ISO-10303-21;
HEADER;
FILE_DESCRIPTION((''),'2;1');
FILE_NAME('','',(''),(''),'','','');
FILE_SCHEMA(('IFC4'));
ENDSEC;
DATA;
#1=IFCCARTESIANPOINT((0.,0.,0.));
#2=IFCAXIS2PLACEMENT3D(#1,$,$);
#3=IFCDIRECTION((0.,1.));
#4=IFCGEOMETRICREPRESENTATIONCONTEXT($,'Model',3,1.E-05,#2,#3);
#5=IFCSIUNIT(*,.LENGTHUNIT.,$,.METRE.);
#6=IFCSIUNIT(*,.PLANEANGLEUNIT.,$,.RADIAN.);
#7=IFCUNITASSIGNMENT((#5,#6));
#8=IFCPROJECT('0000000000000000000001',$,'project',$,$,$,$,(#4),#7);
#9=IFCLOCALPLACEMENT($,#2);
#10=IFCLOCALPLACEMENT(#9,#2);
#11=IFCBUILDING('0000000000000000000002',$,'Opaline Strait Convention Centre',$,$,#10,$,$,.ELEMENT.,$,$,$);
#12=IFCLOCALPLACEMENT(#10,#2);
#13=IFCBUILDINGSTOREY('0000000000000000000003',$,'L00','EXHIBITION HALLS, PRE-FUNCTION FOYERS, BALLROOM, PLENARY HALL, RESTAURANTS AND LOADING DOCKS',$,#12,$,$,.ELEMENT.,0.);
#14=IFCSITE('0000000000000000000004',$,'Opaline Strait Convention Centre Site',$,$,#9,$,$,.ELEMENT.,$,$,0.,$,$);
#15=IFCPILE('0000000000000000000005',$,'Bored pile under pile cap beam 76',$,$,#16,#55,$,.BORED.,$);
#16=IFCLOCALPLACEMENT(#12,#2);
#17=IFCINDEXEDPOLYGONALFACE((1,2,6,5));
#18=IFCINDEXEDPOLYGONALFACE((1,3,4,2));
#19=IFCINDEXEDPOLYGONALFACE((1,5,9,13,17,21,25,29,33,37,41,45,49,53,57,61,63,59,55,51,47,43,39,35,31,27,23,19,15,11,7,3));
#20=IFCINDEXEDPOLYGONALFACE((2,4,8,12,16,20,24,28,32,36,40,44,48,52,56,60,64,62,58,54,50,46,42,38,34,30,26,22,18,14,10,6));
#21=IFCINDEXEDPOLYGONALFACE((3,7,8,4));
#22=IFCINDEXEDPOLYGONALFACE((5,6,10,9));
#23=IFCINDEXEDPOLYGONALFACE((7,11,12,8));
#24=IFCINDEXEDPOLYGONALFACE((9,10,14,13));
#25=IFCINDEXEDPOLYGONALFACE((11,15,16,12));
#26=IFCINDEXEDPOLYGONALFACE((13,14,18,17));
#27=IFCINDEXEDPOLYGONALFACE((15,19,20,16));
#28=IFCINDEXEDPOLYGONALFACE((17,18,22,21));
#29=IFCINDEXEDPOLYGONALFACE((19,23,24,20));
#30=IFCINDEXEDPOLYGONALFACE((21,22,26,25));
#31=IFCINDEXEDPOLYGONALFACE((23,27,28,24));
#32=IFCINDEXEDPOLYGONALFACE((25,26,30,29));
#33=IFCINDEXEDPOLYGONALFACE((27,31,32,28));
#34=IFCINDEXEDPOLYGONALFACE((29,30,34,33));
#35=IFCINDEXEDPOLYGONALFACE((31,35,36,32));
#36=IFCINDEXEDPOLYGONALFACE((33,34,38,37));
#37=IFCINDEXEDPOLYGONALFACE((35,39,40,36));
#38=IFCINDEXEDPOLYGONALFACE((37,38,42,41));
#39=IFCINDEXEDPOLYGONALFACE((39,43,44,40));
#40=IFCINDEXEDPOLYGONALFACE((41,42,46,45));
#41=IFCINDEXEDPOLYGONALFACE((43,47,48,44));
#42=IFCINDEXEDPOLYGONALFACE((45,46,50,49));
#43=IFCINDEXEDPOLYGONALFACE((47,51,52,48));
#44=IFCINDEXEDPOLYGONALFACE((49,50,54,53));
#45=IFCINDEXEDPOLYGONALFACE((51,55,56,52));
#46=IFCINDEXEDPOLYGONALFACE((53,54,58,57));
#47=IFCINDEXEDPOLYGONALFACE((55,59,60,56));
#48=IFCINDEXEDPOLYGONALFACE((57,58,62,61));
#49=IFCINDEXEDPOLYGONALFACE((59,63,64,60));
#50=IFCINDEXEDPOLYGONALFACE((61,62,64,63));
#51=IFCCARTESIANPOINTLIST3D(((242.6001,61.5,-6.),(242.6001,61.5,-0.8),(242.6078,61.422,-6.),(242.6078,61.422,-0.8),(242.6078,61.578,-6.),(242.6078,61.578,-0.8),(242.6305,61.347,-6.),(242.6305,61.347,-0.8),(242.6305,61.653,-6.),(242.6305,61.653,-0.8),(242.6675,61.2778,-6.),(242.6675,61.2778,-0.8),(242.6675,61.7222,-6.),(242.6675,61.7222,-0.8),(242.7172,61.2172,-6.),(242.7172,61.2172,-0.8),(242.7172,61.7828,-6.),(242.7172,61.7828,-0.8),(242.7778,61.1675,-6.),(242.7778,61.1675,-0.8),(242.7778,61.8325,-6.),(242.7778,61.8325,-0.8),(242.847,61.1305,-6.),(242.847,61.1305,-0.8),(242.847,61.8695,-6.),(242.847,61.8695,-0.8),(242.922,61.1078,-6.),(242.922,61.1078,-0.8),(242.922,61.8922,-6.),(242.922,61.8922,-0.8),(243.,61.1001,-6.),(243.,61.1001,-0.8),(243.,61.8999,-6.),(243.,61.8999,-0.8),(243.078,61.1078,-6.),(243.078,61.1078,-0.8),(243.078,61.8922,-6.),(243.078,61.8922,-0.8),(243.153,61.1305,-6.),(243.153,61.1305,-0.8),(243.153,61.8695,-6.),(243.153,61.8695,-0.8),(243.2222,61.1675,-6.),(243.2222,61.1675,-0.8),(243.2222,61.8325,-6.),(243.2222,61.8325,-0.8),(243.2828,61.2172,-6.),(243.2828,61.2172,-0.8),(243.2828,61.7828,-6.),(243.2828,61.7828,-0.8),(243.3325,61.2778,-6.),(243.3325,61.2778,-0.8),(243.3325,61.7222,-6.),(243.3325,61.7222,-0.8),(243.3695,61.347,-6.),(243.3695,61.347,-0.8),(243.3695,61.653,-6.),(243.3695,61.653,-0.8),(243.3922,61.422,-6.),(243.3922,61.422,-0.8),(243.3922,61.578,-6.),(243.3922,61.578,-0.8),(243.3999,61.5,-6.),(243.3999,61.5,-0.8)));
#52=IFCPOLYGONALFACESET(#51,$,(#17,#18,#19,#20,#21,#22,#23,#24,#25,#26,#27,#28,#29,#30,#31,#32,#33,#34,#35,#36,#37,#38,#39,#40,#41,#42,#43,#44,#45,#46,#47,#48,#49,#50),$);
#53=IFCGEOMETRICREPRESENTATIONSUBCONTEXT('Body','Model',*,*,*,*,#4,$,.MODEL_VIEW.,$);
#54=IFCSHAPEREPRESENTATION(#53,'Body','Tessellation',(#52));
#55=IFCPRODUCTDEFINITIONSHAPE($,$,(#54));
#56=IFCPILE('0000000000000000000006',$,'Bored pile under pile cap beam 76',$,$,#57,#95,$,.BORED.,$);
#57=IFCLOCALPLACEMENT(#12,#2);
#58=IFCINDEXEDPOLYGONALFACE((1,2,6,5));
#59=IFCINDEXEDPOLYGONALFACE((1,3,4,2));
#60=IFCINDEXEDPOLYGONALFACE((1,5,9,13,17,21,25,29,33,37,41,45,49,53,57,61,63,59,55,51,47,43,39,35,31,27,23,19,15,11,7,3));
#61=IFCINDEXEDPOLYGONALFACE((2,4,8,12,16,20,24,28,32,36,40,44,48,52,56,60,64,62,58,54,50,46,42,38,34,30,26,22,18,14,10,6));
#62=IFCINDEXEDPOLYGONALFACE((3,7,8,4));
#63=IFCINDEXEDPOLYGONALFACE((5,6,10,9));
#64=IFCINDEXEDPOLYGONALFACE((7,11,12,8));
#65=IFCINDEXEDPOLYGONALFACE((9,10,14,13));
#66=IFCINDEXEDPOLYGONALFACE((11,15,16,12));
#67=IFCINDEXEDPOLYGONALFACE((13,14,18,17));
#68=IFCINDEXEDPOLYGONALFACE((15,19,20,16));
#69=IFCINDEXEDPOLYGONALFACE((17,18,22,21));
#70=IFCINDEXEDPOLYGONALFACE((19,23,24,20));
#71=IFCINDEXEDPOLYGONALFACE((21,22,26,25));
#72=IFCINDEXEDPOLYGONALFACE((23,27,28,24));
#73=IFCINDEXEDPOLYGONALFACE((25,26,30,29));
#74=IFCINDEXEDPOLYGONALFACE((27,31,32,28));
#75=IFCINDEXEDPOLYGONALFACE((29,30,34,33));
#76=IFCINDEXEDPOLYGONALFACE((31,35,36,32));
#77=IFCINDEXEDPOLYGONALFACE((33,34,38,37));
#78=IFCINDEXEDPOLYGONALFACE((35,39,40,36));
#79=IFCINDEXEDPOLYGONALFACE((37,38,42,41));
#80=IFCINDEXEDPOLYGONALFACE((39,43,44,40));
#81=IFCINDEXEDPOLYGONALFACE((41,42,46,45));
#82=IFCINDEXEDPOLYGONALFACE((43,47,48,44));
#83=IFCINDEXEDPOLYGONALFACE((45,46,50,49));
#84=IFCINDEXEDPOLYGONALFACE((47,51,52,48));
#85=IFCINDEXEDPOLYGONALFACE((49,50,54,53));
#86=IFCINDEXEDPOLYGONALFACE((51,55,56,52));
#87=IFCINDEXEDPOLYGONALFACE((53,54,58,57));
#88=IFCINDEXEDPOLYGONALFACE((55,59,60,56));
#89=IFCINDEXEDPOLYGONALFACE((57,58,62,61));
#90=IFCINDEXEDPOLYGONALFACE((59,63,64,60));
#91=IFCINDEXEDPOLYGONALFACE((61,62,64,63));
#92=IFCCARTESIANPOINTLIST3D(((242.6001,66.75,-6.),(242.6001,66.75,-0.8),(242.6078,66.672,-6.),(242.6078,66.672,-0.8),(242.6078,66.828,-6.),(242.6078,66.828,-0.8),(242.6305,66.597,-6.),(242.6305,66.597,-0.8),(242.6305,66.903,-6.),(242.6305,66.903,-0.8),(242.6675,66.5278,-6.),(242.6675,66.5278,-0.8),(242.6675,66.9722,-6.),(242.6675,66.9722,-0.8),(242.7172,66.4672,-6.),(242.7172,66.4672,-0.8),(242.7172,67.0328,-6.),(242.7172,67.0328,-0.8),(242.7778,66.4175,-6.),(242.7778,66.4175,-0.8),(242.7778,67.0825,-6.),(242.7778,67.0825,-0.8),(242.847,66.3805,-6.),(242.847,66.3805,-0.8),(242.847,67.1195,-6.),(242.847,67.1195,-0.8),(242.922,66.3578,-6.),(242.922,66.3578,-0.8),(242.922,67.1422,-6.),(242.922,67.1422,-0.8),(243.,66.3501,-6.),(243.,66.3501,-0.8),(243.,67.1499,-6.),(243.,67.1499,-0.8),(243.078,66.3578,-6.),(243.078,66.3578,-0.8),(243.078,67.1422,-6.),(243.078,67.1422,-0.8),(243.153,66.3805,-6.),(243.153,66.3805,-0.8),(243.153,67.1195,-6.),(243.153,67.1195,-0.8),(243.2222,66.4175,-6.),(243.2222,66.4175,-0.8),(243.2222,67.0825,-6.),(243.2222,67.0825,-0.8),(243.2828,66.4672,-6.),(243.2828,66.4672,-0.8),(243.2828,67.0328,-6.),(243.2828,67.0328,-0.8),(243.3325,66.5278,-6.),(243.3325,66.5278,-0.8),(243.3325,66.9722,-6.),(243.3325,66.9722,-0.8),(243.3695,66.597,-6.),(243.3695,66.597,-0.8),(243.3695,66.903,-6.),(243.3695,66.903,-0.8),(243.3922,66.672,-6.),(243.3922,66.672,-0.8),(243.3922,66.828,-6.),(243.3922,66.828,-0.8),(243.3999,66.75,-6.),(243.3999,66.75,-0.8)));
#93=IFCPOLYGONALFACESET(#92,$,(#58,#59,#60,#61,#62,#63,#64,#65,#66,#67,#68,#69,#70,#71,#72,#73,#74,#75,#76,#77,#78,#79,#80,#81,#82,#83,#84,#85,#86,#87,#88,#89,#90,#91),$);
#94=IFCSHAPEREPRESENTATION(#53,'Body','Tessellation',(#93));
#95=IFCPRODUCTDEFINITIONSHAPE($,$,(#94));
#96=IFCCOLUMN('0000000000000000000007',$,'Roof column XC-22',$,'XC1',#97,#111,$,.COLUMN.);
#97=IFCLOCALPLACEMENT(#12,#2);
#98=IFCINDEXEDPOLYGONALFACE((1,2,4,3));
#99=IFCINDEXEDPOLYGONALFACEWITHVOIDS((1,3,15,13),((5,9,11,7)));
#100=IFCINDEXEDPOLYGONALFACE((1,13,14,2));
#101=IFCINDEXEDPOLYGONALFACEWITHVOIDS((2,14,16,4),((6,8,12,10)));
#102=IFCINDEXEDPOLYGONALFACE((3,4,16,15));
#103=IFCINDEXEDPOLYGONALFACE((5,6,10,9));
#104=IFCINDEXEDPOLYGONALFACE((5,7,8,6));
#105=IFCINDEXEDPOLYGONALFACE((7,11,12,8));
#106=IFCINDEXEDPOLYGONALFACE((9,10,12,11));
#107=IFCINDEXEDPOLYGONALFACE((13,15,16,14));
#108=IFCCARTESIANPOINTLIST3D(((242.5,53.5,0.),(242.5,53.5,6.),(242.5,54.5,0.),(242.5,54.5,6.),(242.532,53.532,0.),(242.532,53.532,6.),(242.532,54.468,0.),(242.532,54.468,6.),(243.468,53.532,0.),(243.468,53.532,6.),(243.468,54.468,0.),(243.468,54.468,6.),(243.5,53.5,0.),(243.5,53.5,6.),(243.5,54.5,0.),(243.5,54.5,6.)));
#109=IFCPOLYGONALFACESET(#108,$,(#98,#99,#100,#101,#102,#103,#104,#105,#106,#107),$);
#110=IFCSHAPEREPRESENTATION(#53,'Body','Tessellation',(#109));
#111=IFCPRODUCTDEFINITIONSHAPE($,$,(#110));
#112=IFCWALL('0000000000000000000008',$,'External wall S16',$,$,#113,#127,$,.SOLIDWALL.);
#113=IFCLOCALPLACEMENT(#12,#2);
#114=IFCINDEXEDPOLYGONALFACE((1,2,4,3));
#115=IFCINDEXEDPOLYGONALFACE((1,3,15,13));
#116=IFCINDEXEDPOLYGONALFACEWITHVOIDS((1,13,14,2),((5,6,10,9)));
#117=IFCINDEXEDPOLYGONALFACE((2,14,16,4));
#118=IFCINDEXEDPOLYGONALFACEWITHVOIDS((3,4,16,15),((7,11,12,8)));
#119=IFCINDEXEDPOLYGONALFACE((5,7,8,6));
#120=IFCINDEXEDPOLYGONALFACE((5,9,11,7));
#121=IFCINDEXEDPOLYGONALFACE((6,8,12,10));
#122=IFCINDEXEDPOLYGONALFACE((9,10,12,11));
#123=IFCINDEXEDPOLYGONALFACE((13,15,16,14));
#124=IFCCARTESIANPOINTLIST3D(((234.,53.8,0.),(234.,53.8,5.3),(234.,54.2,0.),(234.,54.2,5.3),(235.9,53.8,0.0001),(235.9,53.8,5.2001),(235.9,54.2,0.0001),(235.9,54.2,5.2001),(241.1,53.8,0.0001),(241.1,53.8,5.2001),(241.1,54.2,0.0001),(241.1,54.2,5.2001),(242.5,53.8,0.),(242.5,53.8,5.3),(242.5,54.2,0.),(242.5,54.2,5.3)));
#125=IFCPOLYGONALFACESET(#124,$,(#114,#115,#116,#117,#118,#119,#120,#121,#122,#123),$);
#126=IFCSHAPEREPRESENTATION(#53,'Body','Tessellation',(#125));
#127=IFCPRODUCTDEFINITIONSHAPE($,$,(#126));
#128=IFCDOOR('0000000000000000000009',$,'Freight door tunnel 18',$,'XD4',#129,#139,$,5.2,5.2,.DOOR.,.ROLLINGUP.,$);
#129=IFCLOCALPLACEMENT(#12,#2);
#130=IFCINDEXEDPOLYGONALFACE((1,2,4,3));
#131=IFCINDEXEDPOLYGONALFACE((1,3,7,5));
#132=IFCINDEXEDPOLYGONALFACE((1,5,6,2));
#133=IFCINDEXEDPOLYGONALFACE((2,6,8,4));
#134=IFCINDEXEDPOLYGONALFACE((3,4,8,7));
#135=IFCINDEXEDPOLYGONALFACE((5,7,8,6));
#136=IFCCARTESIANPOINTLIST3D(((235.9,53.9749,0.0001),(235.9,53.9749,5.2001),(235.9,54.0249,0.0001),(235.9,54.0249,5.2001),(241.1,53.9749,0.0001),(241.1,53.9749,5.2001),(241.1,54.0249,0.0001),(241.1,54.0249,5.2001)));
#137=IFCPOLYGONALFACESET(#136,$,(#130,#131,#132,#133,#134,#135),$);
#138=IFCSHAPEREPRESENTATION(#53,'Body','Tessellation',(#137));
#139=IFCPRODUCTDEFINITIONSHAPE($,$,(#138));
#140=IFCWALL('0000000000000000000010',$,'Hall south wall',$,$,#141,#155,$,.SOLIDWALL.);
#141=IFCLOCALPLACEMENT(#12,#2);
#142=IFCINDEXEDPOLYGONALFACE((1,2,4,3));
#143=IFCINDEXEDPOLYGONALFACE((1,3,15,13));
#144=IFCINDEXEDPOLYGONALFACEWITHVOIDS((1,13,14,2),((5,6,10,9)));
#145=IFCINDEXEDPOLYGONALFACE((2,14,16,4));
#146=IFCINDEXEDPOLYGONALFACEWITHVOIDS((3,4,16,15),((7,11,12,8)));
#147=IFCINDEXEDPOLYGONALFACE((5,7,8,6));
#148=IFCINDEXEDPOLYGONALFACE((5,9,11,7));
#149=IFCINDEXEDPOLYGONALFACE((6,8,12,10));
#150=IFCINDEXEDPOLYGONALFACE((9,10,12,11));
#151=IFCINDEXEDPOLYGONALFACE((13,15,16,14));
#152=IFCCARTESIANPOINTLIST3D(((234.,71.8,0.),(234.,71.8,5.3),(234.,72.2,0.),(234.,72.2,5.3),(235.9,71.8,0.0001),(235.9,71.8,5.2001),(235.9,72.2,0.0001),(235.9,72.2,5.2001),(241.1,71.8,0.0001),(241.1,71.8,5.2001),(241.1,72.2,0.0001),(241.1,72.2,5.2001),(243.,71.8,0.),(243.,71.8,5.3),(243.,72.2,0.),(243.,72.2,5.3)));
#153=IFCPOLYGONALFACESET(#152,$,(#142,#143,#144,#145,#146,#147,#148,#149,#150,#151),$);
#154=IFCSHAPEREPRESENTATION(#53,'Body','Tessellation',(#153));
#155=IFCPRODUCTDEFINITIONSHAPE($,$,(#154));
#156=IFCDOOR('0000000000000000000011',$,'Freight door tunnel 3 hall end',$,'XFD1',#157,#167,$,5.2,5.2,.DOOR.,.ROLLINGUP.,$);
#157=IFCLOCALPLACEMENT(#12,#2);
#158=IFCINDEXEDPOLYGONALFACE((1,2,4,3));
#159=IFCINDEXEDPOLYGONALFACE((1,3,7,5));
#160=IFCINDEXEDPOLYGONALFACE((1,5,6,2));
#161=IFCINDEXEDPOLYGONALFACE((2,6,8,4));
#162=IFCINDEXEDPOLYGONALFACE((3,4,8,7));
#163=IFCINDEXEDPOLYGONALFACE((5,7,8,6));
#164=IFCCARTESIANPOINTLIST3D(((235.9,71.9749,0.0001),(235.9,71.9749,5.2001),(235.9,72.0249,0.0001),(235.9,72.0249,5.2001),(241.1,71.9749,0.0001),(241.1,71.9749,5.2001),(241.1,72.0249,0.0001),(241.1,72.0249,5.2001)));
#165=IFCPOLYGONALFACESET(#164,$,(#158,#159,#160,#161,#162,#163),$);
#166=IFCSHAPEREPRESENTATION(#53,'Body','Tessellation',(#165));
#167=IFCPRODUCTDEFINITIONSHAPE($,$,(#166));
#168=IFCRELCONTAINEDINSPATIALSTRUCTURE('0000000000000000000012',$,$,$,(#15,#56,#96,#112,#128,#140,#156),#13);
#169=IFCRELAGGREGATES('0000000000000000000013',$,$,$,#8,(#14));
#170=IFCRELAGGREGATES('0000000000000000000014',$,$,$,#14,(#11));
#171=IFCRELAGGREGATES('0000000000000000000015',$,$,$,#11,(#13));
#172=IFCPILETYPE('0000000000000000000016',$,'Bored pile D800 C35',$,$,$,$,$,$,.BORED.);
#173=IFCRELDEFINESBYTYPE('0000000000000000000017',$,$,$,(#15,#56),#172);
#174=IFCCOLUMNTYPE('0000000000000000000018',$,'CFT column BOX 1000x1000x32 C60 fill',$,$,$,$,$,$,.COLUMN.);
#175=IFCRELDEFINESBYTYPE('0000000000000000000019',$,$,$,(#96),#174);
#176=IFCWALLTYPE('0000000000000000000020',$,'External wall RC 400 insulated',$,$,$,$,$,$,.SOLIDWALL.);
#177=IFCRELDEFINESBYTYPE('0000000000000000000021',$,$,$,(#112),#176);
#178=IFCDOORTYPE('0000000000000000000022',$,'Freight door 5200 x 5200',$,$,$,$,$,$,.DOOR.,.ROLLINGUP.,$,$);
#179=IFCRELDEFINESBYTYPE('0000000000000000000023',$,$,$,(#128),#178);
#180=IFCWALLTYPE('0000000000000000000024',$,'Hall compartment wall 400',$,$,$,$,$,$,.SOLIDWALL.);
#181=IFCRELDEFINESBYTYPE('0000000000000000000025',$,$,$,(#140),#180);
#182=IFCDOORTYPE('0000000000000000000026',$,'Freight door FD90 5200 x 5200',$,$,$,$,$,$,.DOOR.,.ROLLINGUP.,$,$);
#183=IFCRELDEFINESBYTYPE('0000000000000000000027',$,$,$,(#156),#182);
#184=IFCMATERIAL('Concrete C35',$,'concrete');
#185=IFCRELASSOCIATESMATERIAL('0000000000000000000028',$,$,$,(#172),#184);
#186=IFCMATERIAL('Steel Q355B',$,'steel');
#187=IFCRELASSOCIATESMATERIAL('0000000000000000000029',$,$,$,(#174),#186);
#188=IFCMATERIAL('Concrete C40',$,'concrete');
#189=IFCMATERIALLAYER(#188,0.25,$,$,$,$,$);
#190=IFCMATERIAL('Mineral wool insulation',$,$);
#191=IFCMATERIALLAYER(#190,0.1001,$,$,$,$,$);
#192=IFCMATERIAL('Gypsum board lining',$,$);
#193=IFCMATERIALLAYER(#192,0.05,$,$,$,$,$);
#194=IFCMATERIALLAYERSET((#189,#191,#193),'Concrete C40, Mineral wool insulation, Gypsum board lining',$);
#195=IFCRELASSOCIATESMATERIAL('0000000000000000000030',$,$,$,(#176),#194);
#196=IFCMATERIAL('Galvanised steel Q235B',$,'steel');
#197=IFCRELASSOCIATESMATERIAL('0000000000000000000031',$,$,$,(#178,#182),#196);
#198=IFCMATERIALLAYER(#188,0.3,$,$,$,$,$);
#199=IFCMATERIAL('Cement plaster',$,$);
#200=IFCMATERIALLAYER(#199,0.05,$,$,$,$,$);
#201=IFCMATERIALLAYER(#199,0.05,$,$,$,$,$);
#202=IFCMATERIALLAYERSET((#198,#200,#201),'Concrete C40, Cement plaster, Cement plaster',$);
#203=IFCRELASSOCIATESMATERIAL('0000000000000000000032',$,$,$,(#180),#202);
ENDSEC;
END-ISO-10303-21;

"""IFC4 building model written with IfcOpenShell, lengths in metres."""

from ifc_helpers import new_model, si_unit, direction, frame, frame_2d, origin, origin_2d, place, context, subcontext, project, spatial, rectangle, hollow_rectangle, circle, extrude, material, layer, layer_set, material_profile, profile_set, type_object, element, fill, save


model = new_model("IFC4")

# Units and contexts
model_context = context("Model", 3, precision=1e-05, world=origin(), true_north=direction((0.0, 1.0)))
body_context = subcontext(model_context, "Body", "Model", "MODEL_VIEW")
ifc_project = project(units=[si_unit("LENGTHUNIT", "METRE"), si_unit("PLANEANGLEUNIT", "RADIAN")], contexts=[model_context])

# Site, building, storey
site_placement = place(None, origin())
site = spatial("IfcSite", under=ifc_project, at=site_placement, Name="Opaline Strait Convention Centre Site", CompositionType="ELEMENT", RefElevation=0.0)
building_placement = place(site_placement, origin())
building = spatial("IfcBuilding", under=site, at=building_placement, Name="Opaline Strait Convention Centre", CompositionType="ELEMENT")
storey_placement = place(building_placement, origin())
storey = spatial("IfcBuildingStorey", under=building, at=storey_placement, Name="L00", Description="EXHIBITION HALLS, PRE-FUNCTION FOYERS, BALLROOM, PLENARY HALL, RESTAURANTS AND LOADING DOCKS", CompositionType="ELEMENT", Elevation=0.0)

# Piles
ifc_material_1 = material(Name="Concrete C35", Category="concrete")
ifc_material_profile_1 = material_profile(ifc_material_1, circle(Radius=0.3999, at=origin_2d()), Name="D800")
ifc_profile_set_1 = profile_set([ifc_material_profile_1], Name="Concrete C35")
pile_type_1 = type_object("IfcPileType", Name="Bored pile D800 C35", PredefinedType="BORED", material=ifc_profile_set_1)
for number, where, z_axis, x_axis, name in (
    (1, (243.0, 61.5, -0.8), (0.0, 0.0, -1.0), (1.0, 0.0, 0.0), "Bored pile under pile cap beam 76"),
    (2, (243.0, 66.75, -0.8), (0.0, 0.0, -1.0), (1.0, 0.0, 0.0), "Bored pile under pile cap beam 76"),
):
    element("IfcPile", number, at=place(storey_placement, frame(where, z_axis=z_axis, x_axis=x_axis)), inside=storey, type_object=pile_type_1, Name=name, PredefinedType="BORED", context=body_context, shape_type="SweptSolid", body=[
        extrude(circle(Radius=0.3999, at=origin_2d()), origin(), (0.0, 0.0, 1.0), 5.2),
    ])

# Column
ifc_material_2 = material(Name="Steel Q355B", Category="steel")
ifc_material_profile_2 = material_profile(ifc_material_2, hollow_rectangle(XDim=1.0, YDim=1.0, WallThickness=0.032, at=origin_2d()), Name="BOX 1000x1000x32")
ifc_profile_set_2 = profile_set([ifc_material_profile_2], Name="Steel Q355B")
column_type = type_object("IfcColumnType", Name="CFT column BOX 1000x1000x32 C60 fill", PredefinedType="COLUMN", material=ifc_profile_set_2)
column_placement = place(storey_placement, frame((243.0, 54.0, 0.0), z_axis=(0.0, 0.0, 1.0), x_axis=(1.0, 0.0, 0.0)))
element("IfcColumn", 3, at=column_placement, inside=storey, type_object=column_type, Name="Roof column XC-22", ObjectType="XC1", PredefinedType="COLUMN", context=body_context, shape_type="SweptSolid", body=[
    extrude(hollow_rectangle(XDim=1.0, YDim=1.0, WallThickness=0.032, at=origin_2d()), origin(), (0.0, 0.0, 1.0), 6.0),
])

# Walls, openings, doors
ifc_material_3 = material(Name="Concrete C40", Category="concrete")
ifc_layer_1 = layer(ifc_material_3, 0.25)
ifc_material_4 = material(Name="Mineral wool insulation")
ifc_layer_2 = layer(ifc_material_4, 0.1001)
ifc_material_5 = material(Name="Gypsum board lining")
ifc_layer_3 = layer(ifc_material_5, 0.05)
ifc_layer_set_1 = layer_set([ifc_layer_1, ifc_layer_2, ifc_layer_3], Name="Concrete C40, Mineral wool insulation, Gypsum board lining")
wall_type_1 = type_object("IfcWallType", Name="External wall RC 400 insulated", PredefinedType="SOLIDWALL", material=ifc_layer_set_1)
wall_1_placement = place(storey_placement, frame((234.0, 54.0, 0.0), z_axis=(0.0, 0.0, 1.0), x_axis=(1.0, 0.0, 0.0)))
wall_1 = element("IfcWall", 4, at=wall_1_placement, inside=storey, type_object=wall_type_1, Name="External wall S16", PredefinedType="SOLIDWALL", context=body_context, shape_type="SweptSolid", body=[
    extrude(rectangle(XDim=8.5, YDim=0.3999, at=frame_2d((4.25, 0.0))), origin(), (0.0, 0.0, 1.0), 5.3),
])
opening_1_placement = place(wall_1_placement, frame((1.8999, 0.0, 0.0)))
opening_1 = element("IfcOpeningElement", 5, at=opening_1_placement, cuts=wall_1, PredefinedType="OPENING", context=body_context, shape_type="SweptSolid", body=[
    extrude(rectangle(XDim=5.2, YDim=5.2, at=frame_2d((2.6001, 2.6001))), frame((0.0, 0.21, 0.0), z_axis=(0.0, -1.0, 0.0), x_axis=(1.0, 0.0, 0.0)), (0.0, 0.0, 1.0), 0.4199),
])
ifc_material_6 = material(Name="Galvanised steel Q235B", Category="steel")
door_type_1 = type_object("IfcDoorType", Name="Freight door 5200 x 5200", OperationType="ROLLINGUP", PredefinedType="DOOR", material=ifc_material_6)
door_1_placement = place(opening_1_placement, origin())
door_1 = element("IfcDoor", 6, at=door_1_placement, inside=storey, type_object=door_type_1, Name="Freight door tunnel 18", ObjectType="XD4", OperationType="ROLLINGUP", OverallHeight=5.2, OverallWidth=5.2, PredefinedType="DOOR", context=body_context, shape_type="SweptSolid", body=[
    extrude(rectangle(XDim=5.2, YDim=5.2, at=frame_2d((2.6001, 2.6001))), frame((0.0, 0.0249, 0.0), z_axis=(0.0, -1.0, 0.0), x_axis=(1.0, 0.0, 0.0)), (0.0, 0.0, 1.0), 0.05),
])
fill(opening_1, door_1)
ifc_layer_4 = layer(ifc_material_3, 0.3)
ifc_material_7 = material(Name="Cement plaster")
ifc_layer_5 = layer(ifc_material_7, 0.05)
ifc_layer_6 = layer(ifc_material_7, 0.05)
ifc_layer_set_2 = layer_set([ifc_layer_4, ifc_layer_5, ifc_layer_6], Name="Concrete C40, Cement plaster, Cement plaster")
wall_type_2 = type_object("IfcWallType", Name="Hall compartment wall 400", PredefinedType="SOLIDWALL", material=ifc_layer_set_2)
wall_2_placement = place(storey_placement, frame((234.0, 72.0, 0.0), z_axis=(0.0, 0.0, 1.0), x_axis=(1.0, 0.0, 0.0)))
wall_2 = element("IfcWall", 7, at=wall_2_placement, inside=storey, type_object=wall_type_2, Name="Hall south wall", PredefinedType="SOLIDWALL", context=body_context, shape_type="SweptSolid", body=[
    extrude(rectangle(XDim=9.0, YDim=0.3999, at=frame_2d((4.5, 0.0))), origin(), (0.0, 0.0, 1.0), 5.3),
])
opening_2_placement = place(wall_2_placement, frame((1.8999, 0.0, 0.0)))
opening_2 = element("IfcOpeningElement", 8, at=opening_2_placement, cuts=wall_2, PredefinedType="OPENING", context=body_context, shape_type="SweptSolid", body=[
    extrude(rectangle(XDim=5.2, YDim=5.2, at=frame_2d((2.6001, 2.6001))), frame((0.0, 0.21, 0.0), z_axis=(0.0, -1.0, 0.0), x_axis=(1.0, 0.0, 0.0)), (0.0, 0.0, 1.0), 0.4199),
])
door_type_2 = type_object("IfcDoorType", Name="Freight door FD90 5200 x 5200", OperationType="ROLLINGUP", PredefinedType="DOOR", material=ifc_material_6)
door_2_placement = place(opening_2_placement, origin())
door_2 = element("IfcDoor", 9, at=door_2_placement, inside=storey, type_object=door_type_2, Name="Freight door tunnel 3 hall end", ObjectType="XFD1", OperationType="ROLLINGUP", OverallHeight=5.2, OverallWidth=5.2, PredefinedType="DOOR", context=body_context, shape_type="SweptSolid", body=[
    extrude(rectangle(XDim=5.2, YDim=5.2, at=frame_2d((2.6001, 2.6001))), frame((0.0, 0.0249, 0.0), z_axis=(0.0, -1.0, 0.0), x_axis=(1.0, 0.0, 0.0)), (0.0, 0.0, 1.0), 0.05),
])
fill(opening_2, door_2)

save(model, "model.ifc")
